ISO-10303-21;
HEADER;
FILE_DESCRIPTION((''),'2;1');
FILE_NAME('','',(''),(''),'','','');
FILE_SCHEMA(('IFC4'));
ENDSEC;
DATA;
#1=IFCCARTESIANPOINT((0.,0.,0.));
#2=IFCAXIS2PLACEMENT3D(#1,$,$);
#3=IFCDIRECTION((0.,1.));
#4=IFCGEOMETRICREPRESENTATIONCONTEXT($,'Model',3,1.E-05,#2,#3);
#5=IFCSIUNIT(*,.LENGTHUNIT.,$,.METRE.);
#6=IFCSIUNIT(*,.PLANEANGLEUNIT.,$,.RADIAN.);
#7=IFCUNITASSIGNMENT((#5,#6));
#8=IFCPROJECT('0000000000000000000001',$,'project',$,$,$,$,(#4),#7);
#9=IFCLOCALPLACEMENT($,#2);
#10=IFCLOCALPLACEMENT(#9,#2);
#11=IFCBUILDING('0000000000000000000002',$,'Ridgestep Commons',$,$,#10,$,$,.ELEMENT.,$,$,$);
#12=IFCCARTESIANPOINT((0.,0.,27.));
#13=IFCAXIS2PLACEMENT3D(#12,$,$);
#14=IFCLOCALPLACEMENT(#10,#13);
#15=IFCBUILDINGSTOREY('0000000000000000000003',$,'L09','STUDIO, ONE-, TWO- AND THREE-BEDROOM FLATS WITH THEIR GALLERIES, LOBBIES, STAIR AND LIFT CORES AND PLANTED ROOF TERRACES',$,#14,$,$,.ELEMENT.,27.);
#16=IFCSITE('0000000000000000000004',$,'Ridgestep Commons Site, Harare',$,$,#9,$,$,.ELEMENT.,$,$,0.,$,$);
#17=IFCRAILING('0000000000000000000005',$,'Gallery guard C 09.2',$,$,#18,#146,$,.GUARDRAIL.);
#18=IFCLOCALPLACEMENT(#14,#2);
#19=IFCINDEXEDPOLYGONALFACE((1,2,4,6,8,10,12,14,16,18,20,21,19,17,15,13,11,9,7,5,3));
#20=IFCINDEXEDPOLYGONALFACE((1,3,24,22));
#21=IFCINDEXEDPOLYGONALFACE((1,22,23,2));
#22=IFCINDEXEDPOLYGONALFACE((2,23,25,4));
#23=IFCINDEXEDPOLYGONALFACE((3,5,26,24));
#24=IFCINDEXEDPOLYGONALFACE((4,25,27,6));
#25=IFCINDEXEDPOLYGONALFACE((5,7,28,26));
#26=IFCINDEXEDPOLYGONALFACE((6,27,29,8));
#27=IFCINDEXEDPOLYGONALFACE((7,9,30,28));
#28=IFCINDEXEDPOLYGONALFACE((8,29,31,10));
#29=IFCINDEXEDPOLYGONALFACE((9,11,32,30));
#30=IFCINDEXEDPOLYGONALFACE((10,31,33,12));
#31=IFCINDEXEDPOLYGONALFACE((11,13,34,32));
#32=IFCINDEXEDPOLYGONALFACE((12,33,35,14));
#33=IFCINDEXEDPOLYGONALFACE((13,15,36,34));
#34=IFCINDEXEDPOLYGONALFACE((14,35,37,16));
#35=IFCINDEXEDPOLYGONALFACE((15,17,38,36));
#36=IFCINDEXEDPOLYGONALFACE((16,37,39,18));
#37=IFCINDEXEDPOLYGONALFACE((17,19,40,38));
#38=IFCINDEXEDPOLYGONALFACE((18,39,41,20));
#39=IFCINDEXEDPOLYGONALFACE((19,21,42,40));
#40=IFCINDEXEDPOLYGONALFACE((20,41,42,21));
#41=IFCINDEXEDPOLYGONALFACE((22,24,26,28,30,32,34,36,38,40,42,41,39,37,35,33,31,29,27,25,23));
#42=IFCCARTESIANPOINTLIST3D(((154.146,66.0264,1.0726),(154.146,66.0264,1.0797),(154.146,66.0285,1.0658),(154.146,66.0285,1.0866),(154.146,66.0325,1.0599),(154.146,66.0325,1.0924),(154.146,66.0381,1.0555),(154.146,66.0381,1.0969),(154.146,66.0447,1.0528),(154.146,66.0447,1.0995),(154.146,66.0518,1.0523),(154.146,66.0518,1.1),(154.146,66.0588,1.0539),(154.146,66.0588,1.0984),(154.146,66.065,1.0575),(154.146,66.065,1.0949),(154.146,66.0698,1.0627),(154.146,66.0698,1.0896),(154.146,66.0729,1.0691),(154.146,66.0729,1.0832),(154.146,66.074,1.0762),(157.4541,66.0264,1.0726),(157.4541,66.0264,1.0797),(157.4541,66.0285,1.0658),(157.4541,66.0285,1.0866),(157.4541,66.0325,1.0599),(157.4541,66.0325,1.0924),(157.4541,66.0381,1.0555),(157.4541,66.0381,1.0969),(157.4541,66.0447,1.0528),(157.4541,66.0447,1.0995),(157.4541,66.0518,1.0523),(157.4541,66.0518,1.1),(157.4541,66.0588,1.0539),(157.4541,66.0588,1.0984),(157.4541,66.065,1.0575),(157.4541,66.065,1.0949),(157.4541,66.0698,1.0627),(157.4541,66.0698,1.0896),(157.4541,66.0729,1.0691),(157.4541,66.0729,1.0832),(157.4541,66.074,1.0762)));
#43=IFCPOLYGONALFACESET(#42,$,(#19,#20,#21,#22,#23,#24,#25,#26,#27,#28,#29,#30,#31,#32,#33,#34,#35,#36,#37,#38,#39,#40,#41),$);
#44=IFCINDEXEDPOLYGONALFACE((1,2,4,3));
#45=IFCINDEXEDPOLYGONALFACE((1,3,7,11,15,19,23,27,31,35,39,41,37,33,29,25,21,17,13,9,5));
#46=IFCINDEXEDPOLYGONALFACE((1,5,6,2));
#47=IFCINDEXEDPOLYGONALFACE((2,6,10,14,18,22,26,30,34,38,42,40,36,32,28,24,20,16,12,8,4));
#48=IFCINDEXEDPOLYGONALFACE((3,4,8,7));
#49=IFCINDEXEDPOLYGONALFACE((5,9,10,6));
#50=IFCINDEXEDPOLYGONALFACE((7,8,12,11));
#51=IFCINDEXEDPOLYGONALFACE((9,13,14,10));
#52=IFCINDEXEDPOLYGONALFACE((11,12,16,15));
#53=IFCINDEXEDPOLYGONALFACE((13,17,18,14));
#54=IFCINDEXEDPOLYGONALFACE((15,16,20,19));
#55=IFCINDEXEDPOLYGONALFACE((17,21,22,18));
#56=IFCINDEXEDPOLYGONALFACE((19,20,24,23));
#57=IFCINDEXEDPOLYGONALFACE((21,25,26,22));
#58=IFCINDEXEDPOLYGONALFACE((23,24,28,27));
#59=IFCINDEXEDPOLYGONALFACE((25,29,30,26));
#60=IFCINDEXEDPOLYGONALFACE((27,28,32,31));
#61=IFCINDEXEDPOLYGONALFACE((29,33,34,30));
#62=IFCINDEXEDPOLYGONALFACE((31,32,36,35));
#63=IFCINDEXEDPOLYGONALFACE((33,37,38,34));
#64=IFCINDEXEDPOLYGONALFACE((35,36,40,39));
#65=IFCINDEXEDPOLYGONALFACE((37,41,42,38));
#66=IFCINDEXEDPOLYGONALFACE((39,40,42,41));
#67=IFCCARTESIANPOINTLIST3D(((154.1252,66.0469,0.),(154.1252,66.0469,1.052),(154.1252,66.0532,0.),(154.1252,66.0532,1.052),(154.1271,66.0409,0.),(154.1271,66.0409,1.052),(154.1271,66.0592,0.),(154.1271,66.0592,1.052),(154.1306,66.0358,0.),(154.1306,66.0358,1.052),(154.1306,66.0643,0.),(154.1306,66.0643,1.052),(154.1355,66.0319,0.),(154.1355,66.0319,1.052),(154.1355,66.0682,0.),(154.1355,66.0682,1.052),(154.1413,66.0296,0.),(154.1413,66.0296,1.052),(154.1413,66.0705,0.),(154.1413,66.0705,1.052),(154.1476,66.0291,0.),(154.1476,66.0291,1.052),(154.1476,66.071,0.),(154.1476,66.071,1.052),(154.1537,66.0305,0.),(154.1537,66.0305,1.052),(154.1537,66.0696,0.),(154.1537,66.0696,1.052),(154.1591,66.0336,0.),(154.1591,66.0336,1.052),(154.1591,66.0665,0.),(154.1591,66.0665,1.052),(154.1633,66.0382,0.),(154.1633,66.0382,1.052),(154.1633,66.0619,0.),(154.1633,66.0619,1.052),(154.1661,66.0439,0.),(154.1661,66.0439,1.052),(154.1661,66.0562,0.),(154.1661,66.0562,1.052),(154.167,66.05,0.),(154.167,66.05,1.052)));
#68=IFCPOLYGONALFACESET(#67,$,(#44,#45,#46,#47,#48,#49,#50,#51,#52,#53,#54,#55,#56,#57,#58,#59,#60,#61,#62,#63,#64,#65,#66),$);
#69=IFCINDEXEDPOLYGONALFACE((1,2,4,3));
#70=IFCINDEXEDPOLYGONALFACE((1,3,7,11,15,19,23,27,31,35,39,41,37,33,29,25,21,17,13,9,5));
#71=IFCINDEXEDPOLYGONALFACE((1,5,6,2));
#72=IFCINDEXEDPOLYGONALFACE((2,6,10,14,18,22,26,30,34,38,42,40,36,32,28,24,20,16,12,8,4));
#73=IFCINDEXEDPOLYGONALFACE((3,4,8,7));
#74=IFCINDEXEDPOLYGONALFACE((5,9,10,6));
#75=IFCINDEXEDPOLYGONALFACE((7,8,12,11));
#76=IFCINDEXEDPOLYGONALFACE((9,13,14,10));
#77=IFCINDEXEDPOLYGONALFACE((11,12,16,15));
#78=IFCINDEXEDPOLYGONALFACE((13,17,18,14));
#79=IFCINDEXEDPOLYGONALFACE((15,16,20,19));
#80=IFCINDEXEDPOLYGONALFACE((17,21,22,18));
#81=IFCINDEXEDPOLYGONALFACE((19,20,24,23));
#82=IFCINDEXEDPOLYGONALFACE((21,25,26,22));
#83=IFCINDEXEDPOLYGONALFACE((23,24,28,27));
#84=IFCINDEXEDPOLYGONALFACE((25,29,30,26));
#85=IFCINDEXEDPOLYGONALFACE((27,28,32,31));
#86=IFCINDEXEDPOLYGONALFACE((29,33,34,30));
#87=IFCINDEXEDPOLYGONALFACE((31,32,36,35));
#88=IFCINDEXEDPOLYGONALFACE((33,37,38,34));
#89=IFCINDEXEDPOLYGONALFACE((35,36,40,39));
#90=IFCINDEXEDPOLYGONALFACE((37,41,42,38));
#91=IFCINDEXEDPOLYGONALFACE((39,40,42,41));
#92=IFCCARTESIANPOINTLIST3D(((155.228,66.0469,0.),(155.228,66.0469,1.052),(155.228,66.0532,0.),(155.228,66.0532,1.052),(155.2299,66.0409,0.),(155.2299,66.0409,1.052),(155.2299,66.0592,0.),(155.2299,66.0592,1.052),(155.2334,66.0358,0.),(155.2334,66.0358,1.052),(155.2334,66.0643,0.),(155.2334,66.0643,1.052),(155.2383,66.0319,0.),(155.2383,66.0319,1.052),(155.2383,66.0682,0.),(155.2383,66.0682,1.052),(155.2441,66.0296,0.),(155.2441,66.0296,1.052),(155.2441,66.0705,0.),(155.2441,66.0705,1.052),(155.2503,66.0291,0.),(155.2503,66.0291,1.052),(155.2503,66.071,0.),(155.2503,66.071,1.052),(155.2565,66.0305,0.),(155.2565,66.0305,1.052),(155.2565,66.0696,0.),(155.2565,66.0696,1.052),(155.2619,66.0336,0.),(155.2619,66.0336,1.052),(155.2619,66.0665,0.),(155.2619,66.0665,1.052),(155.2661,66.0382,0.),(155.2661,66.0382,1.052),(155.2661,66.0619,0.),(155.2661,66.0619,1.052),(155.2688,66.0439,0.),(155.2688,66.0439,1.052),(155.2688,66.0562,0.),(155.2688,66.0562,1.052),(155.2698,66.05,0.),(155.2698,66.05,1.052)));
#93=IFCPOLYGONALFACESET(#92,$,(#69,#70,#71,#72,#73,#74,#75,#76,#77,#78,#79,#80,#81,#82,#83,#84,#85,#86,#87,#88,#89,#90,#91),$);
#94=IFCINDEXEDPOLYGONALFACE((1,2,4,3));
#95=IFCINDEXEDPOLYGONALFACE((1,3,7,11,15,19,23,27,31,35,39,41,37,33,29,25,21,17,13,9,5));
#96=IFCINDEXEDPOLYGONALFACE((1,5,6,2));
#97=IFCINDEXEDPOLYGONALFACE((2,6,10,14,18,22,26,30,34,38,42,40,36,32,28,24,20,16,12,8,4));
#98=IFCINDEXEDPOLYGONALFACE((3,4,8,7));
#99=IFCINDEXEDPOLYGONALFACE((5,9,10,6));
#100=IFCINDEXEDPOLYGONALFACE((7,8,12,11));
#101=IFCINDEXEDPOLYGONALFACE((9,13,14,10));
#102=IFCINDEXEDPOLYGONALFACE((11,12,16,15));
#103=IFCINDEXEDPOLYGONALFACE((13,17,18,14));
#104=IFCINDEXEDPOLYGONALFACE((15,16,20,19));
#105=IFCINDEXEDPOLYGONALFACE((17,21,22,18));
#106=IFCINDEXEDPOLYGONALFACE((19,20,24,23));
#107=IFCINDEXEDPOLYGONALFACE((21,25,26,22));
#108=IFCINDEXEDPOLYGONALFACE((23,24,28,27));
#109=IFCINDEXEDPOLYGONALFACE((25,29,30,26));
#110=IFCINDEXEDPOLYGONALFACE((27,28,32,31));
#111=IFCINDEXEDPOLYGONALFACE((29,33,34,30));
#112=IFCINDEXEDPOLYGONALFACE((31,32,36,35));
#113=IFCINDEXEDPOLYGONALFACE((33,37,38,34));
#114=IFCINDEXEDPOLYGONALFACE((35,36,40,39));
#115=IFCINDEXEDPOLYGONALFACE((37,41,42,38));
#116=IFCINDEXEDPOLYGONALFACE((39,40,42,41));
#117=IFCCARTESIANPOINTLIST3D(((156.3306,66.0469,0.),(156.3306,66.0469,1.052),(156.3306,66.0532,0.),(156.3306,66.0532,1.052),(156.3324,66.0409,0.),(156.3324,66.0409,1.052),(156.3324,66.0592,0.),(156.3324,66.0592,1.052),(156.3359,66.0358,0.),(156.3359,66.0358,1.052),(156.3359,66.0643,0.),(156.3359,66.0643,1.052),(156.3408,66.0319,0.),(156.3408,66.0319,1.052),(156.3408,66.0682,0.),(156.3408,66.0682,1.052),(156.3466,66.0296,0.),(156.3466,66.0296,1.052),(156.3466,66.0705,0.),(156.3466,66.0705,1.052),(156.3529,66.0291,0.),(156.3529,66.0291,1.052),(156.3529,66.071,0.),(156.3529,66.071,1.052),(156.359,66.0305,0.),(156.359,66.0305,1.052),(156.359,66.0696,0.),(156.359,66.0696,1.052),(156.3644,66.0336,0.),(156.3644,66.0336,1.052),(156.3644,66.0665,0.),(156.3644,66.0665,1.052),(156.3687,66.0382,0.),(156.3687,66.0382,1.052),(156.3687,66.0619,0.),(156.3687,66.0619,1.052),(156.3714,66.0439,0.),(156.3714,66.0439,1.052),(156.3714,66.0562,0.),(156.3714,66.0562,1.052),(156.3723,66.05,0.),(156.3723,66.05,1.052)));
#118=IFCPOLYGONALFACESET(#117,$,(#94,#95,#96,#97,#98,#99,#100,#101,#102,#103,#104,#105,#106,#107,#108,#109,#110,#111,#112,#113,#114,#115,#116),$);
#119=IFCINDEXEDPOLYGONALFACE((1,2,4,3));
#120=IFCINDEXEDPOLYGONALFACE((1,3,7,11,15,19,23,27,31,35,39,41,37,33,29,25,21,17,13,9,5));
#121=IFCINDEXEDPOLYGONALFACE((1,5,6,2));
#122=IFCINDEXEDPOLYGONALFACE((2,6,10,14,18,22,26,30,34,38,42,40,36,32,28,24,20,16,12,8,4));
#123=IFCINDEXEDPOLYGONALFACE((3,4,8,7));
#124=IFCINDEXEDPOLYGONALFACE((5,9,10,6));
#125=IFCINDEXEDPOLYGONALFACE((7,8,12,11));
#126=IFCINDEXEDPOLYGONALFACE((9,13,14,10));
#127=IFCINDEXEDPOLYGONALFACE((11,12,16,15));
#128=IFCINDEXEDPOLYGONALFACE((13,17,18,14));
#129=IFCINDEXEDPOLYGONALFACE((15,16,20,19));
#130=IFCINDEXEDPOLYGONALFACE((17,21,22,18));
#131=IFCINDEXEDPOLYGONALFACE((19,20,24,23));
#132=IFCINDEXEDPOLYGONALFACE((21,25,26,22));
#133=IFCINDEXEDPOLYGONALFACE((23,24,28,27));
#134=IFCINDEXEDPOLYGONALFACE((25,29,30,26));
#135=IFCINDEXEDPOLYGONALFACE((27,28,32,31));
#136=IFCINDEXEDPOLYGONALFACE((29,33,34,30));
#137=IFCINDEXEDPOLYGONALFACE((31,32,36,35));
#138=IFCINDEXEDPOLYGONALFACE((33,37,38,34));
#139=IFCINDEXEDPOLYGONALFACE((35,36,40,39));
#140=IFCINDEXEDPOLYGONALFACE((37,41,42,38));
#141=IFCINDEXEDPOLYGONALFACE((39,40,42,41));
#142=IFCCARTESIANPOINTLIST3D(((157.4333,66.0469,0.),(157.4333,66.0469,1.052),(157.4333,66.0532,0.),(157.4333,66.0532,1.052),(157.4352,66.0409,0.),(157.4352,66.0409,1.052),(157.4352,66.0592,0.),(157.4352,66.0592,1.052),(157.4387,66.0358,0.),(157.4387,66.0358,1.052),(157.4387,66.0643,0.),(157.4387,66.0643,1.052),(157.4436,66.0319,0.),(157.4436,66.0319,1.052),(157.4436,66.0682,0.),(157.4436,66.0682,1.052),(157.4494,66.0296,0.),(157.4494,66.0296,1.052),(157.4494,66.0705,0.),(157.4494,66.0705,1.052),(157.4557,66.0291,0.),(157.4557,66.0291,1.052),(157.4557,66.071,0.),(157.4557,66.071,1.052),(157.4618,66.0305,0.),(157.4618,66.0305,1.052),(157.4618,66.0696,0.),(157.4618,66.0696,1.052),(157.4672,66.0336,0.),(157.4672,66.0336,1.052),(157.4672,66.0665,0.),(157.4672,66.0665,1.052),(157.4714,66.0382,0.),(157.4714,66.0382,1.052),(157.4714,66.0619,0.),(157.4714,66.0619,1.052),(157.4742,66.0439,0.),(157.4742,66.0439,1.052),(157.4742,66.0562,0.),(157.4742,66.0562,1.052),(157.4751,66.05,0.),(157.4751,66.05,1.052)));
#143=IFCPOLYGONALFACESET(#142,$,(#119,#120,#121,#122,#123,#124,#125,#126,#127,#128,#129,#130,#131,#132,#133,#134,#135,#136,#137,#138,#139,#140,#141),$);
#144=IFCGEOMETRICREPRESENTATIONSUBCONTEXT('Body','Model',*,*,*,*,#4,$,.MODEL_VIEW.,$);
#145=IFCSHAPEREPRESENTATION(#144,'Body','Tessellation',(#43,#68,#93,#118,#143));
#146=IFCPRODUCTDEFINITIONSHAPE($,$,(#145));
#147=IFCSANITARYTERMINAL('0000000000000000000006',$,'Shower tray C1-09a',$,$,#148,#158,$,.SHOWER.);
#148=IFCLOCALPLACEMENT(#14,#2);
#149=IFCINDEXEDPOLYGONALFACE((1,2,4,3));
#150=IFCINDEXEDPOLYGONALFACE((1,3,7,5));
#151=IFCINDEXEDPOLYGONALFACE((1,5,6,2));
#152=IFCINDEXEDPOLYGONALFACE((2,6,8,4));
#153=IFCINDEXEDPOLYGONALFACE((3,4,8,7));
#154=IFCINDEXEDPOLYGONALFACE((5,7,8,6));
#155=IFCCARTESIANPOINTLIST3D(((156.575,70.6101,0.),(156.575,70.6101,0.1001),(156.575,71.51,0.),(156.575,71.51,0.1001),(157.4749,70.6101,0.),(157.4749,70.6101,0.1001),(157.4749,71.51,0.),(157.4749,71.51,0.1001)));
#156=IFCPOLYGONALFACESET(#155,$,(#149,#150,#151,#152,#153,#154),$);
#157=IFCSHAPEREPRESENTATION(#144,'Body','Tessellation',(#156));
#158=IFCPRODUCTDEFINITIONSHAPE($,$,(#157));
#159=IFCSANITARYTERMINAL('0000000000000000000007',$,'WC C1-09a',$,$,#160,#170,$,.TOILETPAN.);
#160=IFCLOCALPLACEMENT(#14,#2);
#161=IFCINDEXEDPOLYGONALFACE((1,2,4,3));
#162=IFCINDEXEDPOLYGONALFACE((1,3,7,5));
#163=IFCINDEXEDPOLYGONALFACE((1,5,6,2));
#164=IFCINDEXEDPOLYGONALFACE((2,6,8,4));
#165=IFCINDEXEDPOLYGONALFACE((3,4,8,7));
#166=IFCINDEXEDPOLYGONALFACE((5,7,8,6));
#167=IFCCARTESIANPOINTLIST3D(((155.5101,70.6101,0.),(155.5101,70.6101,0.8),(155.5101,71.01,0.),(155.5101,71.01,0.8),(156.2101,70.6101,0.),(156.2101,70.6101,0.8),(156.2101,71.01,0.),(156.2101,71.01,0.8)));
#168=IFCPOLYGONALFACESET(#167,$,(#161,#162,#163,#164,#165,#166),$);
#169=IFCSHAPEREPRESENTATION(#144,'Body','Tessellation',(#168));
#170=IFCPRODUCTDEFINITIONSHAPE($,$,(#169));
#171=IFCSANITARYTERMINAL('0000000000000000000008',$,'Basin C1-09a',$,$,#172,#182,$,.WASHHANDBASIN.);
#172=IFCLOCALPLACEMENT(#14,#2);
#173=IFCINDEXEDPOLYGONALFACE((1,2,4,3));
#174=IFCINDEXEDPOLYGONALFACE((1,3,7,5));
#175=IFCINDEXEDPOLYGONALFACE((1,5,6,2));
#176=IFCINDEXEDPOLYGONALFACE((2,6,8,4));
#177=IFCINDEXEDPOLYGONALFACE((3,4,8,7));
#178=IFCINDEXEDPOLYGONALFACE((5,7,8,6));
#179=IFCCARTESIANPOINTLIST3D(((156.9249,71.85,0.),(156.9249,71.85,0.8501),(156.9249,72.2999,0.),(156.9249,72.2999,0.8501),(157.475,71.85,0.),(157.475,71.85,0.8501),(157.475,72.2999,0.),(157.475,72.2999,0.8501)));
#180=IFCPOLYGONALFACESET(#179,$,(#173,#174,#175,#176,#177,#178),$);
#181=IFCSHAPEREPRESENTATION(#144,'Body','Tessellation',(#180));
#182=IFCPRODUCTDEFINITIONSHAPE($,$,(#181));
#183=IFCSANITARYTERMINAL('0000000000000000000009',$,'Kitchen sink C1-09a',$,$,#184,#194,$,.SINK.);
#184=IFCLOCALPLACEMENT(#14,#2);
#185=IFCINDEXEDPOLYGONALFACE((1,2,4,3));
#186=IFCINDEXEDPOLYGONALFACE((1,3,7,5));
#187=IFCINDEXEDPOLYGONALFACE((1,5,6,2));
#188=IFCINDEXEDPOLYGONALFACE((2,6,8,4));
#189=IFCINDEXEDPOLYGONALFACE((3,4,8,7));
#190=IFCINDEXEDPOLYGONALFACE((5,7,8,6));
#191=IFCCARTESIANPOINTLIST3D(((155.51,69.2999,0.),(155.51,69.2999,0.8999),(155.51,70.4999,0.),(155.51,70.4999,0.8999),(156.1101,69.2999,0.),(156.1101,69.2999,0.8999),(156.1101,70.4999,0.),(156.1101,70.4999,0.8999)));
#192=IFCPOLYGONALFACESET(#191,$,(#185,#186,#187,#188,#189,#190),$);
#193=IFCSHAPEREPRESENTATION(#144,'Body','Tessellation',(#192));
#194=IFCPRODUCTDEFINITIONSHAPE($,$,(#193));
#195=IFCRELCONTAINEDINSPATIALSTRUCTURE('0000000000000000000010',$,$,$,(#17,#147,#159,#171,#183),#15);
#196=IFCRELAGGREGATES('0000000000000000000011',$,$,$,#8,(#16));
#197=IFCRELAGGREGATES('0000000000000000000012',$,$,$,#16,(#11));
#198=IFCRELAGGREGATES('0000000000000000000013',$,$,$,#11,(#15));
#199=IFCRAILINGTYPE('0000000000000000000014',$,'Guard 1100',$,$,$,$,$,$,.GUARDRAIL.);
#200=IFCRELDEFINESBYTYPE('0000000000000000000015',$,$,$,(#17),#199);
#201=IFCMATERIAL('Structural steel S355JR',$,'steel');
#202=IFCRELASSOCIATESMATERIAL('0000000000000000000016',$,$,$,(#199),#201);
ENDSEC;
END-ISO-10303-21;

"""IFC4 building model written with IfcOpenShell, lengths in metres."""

from ifc_helpers import new_model, si_unit, direction, frame, origin, origin_2d, place, context, subcontext, project, spatial, rectangle, circle, extrude, material, type_object, element, save


model = new_model("IFC4")

# Units and contexts
model_context = context("Model", 3, precision=1e-05, world=origin(), true_north=direction((0.0, 1.0)))
body_context = subcontext(model_context, "Body", "Model", "MODEL_VIEW")
ifc_project = project(units=[si_unit("LENGTHUNIT", "METRE"), si_unit("PLANEANGLEUNIT", "RADIAN")], contexts=[model_context])

# Site, building, storey
site_placement = place(None, origin())
site = spatial("IfcSite", under=ifc_project, at=site_placement, Name="Ridgestep Commons Site, Harare", CompositionType="ELEMENT", RefElevation=0.0)
building_placement = place(site_placement, origin())
building = spatial("IfcBuilding", under=site, at=building_placement, Name="Ridgestep Commons", CompositionType="ELEMENT")
storey_placement = place(building_placement, frame((0.0, 0.0, 27.0)))
storey = spatial("IfcBuildingStorey", under=building, at=storey_placement, Name="L09", Description="STUDIO, ONE-, TWO- AND THREE-BEDROOM FLATS WITH THEIR GALLERIES, LOBBIES, STAIR AND LIFT CORES AND PLANTED ROOF TERRACES", CompositionType="ELEMENT", Elevation=27.0)

# Railing
ifc_material_1 = material(Name="Structural steel S355JR", Category="steel")
railing_type = type_object("IfcRailingType", Name="Guard 1100", PredefinedType="GUARDRAIL", material=ifc_material_1)
railing_placement = place(storey_placement, frame((154.146, 66.05, 0.0)))
element("IfcRailing", 1, at=railing_placement, inside=storey, type_object=railing_type, Name="Gallery guard C 09.2", PredefinedType="GUARDRAIL", context=body_context, shape_type="SweptSolid", body=[
    extrude(circle(Radius=0.0239, at=origin_2d()), frame((0.0, 0.0, 1.0762), z_axis=(1.0, 0.0, 0.0), x_axis=(0.0, 1.0, 0.0)), (0.0, 0.0, 1.0), 3.3081),
    extrude(circle(Radius=0.021, at=origin_2d()), origin(), (0.0, 0.0, 1.0), 1.052),
    extrude(circle(Radius=0.021, at=origin_2d()), frame((1.1028, 0.0, 0.0)), (0.0, 0.0, 1.0), 1.052),
    extrude(circle(Radius=0.021, at=origin_2d()), frame((2.2053, 0.0, 0.0)), (0.0, 0.0, 1.0), 1.052),
    extrude(circle(Radius=0.021, at=origin_2d()), frame((3.3081, 0.0, 0.0)), (0.0, 0.0, 1.0), 1.052),
])

# Sanitary terminals
sanitary_terminal_1_placement = place(storey_placement, frame((157.0249, 71.0601, 0.0), z_axis=(0.0, 0.0, 1.0), x_axis=(1.0, 0.0, 0.0)))
element("IfcSanitaryTerminal", 2, at=sanitary_terminal_1_placement, inside=storey, Name="Shower tray C1-09a", PredefinedType="SHOWER", context=body_context, shape_type="SweptSolid", body=[
    extrude(rectangle(XDim=0.8999, YDim=0.8999, at=origin_2d()), origin(), (0.0, 0.0, 1.0), 0.1001),
])
sanitary_terminal_2_placement = place(storey_placement, frame((155.8601, 70.8101, 0.0), z_axis=(0.0, 0.0, 1.0), x_axis=(1.0, 0.0, 0.0)))
element("IfcSanitaryTerminal", 3, at=sanitary_terminal_2_placement, inside=storey, Name="WC C1-09a", PredefinedType="TOILETPAN", context=body_context, shape_type="SweptSolid", body=[
    extrude(rectangle(XDim=0.7, YDim=0.3999, at=origin_2d()), origin(), (0.0, 0.0, 1.0), 0.8),
])
sanitary_terminal_3_placement = place(storey_placement, frame((157.2, 72.075, 0.0), z_axis=(0.0, 0.0, 1.0), x_axis=(1.0, 0.0, 0.0)))
element("IfcSanitaryTerminal", 4, at=sanitary_terminal_3_placement, inside=storey, Name="Basin C1-09a", PredefinedType="WASHHANDBASIN", context=body_context, shape_type="SweptSolid", body=[
    extrude(rectangle(XDim=0.55, YDim=0.45, at=origin_2d()), origin(), (0.0, 0.0, 1.0), 0.8501),
])
sanitary_terminal_4_placement = place(storey_placement, frame((155.8101, 69.8999, 0.0), z_axis=(0.0, 0.0, 1.0), x_axis=(1.0, 0.0, 0.0)))
element("IfcSanitaryTerminal", 5, at=sanitary_terminal_4_placement, inside=storey, Name="Kitchen sink C1-09a", PredefinedType="SINK", context=body_context, shape_type="SweptSolid", body=[
    extrude(rectangle(XDim=0.6001, YDim=1.2, at=origin_2d()), origin(), (0.0, 0.0, 1.0), 0.8999),
])

save(model, "model.ifc")
